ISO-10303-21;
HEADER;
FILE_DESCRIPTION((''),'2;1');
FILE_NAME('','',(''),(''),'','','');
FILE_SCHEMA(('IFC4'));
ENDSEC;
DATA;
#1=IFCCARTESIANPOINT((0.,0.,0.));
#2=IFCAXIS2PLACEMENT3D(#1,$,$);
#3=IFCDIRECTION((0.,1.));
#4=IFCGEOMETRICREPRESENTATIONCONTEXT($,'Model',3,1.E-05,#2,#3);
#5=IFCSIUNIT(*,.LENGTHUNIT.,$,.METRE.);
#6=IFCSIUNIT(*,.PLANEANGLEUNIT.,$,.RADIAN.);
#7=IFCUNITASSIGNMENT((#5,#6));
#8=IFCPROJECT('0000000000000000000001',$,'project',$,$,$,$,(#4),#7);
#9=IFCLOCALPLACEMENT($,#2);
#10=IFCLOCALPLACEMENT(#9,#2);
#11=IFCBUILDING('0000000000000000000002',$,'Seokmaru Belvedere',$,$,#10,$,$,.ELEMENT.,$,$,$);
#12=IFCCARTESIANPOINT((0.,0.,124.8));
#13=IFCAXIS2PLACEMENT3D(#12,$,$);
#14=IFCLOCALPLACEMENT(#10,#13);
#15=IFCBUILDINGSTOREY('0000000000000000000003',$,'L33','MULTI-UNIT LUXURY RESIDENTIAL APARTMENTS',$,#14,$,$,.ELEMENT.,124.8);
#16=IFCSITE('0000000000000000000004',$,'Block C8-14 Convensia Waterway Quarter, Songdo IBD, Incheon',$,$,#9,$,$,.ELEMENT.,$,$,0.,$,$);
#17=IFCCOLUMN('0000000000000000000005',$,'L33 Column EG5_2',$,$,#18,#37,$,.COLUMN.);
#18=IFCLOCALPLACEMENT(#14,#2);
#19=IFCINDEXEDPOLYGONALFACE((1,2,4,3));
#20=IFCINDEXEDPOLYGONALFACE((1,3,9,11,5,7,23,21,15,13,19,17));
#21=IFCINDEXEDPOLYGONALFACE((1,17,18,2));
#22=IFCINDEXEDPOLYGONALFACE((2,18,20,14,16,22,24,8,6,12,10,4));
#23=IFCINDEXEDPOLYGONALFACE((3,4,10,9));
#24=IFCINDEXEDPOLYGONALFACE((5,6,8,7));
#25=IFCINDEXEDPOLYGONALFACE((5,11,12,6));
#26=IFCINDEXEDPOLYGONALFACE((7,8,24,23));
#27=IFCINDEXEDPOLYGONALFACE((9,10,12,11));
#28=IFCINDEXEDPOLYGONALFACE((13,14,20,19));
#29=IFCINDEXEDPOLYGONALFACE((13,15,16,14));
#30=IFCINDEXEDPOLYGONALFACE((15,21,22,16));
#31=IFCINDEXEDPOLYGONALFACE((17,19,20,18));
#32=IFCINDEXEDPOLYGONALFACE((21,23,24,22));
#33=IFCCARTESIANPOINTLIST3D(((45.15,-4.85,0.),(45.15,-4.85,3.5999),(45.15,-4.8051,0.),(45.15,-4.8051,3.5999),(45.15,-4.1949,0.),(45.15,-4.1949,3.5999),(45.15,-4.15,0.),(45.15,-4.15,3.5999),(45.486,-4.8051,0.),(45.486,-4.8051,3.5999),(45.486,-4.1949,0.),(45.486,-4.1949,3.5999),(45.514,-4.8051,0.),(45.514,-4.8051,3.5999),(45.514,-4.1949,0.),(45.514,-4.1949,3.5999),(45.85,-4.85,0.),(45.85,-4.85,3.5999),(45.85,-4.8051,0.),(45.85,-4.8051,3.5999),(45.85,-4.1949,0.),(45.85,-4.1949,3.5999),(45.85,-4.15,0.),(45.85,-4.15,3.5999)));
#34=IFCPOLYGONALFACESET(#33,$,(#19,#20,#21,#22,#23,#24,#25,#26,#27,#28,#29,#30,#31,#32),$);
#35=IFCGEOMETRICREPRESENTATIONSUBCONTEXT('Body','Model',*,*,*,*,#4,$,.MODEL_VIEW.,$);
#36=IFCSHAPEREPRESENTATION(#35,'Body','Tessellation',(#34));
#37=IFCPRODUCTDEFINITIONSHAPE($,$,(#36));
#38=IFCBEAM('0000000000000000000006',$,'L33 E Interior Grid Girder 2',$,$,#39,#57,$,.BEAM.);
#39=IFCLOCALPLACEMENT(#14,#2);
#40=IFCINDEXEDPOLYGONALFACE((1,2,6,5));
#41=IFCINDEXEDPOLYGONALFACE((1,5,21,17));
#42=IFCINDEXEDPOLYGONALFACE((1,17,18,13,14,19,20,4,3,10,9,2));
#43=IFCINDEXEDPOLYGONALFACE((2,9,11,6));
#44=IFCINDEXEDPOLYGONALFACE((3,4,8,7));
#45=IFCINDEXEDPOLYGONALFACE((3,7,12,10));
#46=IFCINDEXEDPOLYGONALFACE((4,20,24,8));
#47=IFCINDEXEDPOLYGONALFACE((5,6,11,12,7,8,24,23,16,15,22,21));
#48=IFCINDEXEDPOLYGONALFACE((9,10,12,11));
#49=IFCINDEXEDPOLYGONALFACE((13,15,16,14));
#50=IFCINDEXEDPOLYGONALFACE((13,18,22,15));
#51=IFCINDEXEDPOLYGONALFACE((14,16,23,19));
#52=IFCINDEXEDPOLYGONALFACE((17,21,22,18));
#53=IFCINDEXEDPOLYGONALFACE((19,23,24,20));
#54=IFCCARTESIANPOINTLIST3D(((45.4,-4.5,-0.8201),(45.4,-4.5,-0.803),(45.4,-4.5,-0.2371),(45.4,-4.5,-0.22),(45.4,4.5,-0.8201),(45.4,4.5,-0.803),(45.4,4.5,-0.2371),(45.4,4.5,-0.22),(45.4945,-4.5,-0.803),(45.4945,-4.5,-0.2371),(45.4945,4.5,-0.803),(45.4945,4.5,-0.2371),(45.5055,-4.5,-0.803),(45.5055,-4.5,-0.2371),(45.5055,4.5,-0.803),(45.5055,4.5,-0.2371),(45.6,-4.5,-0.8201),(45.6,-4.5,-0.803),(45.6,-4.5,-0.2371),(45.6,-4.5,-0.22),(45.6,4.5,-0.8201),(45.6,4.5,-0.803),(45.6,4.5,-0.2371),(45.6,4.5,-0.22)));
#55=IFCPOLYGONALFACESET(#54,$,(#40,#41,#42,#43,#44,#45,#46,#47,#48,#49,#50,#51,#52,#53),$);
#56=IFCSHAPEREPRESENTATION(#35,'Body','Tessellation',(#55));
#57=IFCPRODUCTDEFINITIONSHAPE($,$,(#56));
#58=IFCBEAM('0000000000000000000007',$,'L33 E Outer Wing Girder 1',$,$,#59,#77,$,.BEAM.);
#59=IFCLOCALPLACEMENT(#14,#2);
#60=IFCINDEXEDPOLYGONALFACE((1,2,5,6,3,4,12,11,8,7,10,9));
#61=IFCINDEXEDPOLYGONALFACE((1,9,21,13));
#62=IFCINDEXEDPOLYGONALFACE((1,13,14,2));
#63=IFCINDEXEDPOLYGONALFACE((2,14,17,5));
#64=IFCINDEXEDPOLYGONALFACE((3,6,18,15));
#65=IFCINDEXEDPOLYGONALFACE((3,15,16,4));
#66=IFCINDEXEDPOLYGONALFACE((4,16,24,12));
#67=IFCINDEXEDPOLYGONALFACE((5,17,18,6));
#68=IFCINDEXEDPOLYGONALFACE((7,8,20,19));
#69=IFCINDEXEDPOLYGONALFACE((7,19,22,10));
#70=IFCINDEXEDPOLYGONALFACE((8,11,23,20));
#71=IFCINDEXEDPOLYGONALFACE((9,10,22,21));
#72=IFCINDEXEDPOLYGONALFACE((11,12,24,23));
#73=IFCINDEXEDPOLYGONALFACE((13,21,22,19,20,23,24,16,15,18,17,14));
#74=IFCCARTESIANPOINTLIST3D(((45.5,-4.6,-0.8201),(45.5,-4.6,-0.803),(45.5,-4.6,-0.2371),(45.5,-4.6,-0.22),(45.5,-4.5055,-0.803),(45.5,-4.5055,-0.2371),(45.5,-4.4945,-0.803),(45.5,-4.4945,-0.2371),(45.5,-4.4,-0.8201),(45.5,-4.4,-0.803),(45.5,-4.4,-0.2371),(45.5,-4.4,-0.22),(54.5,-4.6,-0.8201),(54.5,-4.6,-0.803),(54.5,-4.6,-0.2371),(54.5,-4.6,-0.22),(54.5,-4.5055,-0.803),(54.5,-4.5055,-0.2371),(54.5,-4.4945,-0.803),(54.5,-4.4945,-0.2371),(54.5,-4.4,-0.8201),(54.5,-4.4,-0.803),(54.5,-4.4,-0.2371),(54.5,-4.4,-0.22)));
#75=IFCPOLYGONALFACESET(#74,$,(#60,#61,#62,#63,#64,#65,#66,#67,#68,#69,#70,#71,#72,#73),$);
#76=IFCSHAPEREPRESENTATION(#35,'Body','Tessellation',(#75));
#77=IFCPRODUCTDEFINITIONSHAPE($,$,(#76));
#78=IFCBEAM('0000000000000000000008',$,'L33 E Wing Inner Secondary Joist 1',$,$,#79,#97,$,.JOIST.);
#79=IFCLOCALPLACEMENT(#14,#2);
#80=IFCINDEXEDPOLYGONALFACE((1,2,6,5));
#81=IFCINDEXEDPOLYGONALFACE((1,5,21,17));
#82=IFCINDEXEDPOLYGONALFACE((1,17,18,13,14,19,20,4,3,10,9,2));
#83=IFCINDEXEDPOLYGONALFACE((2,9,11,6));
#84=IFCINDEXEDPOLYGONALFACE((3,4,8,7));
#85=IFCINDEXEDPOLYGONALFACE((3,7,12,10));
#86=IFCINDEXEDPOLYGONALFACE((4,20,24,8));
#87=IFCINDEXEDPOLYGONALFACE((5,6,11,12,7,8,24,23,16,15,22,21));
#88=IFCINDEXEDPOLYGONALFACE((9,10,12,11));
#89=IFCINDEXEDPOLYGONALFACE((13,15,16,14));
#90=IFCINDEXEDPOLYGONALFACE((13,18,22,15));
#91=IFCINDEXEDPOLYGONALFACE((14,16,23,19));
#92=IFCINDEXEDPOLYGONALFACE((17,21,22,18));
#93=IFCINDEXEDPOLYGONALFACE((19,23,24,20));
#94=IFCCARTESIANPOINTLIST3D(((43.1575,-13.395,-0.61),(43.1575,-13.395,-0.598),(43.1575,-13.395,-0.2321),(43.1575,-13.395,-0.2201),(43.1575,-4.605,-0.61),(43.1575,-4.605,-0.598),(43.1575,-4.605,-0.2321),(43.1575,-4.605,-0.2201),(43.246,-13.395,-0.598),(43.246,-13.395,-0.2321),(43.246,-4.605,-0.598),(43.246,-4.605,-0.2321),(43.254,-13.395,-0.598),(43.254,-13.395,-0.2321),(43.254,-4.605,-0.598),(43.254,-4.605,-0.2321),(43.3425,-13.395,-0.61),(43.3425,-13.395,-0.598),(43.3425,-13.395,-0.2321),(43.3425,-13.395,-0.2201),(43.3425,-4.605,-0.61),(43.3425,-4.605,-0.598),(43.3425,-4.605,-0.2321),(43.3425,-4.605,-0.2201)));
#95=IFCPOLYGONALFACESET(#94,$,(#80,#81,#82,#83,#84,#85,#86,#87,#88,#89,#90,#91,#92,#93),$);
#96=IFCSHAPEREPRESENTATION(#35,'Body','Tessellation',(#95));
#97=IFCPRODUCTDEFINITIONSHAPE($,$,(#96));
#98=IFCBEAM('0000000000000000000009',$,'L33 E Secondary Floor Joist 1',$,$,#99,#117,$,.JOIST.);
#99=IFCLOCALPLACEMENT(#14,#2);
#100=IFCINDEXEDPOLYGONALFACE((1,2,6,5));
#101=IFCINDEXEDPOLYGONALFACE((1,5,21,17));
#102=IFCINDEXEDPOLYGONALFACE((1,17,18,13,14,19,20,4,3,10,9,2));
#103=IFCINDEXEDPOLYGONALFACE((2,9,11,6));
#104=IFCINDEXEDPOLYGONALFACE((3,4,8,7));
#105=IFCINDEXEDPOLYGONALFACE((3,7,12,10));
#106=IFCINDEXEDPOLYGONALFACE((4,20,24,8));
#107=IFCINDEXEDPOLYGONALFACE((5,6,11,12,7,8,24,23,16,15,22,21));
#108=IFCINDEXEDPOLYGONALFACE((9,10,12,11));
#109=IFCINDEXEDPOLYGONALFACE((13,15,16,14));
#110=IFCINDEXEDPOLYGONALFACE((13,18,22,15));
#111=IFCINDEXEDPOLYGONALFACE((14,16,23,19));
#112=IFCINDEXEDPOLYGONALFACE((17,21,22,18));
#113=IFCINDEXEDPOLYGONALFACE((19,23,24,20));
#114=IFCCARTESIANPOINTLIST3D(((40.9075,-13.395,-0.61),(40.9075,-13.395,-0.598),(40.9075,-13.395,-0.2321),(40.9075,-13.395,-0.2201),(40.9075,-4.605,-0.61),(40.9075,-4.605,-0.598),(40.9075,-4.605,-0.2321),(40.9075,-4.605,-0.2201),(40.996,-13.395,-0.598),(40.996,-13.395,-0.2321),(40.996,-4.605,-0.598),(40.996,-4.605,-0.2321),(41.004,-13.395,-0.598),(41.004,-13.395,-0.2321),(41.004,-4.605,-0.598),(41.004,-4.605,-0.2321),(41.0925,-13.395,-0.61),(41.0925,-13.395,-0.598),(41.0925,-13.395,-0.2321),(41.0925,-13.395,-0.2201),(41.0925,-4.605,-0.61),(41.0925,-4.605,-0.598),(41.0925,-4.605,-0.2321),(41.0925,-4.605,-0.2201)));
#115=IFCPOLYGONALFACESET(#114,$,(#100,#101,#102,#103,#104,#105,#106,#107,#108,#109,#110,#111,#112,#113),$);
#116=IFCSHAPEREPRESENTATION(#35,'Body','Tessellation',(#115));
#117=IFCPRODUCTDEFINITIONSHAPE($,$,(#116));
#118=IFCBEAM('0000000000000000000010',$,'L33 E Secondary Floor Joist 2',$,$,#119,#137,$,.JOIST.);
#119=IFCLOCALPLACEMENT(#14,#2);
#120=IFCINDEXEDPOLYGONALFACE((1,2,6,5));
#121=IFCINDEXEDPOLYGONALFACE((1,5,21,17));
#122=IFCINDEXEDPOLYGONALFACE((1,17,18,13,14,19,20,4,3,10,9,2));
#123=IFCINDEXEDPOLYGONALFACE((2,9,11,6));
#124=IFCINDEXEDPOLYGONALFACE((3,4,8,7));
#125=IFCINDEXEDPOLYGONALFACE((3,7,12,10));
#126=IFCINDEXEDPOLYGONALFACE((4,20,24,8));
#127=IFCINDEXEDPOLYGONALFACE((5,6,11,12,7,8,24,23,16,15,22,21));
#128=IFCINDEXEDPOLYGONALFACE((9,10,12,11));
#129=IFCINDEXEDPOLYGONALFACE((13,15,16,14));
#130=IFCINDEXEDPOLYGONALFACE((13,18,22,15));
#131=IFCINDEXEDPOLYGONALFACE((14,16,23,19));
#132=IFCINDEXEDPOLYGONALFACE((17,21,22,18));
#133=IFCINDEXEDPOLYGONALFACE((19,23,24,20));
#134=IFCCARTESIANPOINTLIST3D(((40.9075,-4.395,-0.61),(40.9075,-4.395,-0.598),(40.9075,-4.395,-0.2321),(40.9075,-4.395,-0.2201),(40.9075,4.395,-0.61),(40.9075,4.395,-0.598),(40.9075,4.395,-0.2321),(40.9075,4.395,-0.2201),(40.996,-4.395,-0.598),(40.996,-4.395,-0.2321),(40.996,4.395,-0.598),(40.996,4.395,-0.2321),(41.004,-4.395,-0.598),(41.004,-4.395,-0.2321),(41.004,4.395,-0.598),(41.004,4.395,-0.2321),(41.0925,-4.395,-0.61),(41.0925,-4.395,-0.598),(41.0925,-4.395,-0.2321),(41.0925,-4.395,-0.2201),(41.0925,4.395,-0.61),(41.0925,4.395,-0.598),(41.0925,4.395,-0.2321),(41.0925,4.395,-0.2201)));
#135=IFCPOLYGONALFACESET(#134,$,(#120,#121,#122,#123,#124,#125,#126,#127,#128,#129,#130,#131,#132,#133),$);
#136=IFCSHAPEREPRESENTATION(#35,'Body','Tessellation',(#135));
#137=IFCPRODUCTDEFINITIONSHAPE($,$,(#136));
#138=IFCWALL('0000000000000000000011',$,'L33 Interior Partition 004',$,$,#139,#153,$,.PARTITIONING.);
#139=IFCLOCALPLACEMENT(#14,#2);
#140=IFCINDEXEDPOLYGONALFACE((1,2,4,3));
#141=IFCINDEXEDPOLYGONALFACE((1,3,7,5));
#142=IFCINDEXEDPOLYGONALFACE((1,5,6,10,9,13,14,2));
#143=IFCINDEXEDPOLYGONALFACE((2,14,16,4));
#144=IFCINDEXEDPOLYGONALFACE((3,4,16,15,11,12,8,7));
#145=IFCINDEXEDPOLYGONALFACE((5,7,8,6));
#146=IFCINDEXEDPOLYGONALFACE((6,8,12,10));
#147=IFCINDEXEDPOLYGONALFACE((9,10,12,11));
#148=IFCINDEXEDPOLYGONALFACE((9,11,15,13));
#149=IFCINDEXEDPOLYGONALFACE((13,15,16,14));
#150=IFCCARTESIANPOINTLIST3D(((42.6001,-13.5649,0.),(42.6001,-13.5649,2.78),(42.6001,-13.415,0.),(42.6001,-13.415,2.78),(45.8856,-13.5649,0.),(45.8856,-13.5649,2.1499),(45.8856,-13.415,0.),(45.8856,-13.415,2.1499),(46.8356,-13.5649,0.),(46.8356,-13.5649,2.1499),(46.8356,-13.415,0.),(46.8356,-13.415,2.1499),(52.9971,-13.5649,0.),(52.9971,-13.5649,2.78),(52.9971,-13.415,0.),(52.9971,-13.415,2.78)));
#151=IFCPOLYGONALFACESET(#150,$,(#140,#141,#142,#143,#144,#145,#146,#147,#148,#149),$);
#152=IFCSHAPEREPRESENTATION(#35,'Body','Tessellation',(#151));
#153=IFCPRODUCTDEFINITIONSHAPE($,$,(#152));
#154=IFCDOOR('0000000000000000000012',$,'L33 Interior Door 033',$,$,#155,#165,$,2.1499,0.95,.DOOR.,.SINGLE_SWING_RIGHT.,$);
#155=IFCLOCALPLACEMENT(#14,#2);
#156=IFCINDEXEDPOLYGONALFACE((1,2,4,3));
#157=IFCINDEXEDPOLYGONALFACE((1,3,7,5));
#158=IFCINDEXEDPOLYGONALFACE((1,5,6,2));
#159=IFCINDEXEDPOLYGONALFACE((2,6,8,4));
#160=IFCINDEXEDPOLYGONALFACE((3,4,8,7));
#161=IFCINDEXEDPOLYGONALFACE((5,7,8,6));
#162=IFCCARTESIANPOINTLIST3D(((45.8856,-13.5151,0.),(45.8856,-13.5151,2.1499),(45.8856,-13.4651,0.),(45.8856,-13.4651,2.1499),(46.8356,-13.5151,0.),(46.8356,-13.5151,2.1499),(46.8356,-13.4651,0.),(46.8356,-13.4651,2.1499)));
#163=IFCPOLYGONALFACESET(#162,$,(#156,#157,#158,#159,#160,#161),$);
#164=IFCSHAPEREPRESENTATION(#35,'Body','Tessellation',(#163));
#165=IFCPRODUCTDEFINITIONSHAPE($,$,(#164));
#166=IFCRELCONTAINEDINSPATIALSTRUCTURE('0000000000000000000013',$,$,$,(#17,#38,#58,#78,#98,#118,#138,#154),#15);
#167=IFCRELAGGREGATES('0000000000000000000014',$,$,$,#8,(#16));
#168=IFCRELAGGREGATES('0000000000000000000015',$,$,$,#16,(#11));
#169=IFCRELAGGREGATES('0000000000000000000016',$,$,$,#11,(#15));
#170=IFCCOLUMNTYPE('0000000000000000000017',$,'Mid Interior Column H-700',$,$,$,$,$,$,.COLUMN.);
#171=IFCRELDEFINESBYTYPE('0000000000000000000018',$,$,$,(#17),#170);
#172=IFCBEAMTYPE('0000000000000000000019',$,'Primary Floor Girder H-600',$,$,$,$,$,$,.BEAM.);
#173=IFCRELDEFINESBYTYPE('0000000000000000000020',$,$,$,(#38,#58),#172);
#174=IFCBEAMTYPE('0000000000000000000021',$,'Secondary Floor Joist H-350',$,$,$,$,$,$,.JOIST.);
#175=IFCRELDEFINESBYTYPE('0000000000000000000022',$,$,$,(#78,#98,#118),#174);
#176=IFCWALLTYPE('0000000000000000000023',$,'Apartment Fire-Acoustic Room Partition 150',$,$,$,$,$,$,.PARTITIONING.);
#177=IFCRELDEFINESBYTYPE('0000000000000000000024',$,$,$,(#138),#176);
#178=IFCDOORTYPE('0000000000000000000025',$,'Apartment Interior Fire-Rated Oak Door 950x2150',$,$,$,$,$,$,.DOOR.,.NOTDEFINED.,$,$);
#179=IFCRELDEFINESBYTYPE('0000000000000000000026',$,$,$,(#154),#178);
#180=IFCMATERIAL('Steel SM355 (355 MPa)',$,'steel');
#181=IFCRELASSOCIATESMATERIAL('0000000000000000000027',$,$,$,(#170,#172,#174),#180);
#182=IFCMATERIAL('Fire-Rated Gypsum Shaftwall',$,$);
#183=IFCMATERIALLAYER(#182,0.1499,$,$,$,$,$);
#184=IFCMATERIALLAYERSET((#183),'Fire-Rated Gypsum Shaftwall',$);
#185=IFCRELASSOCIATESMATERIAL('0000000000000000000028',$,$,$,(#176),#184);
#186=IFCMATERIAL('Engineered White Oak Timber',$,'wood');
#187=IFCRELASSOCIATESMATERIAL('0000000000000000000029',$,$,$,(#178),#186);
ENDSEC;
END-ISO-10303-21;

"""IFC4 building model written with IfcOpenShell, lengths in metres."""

from ifc_helpers import new_model, si_unit, direction, frame, frame_2d, origin, origin_2d, place, context, subcontext, project, spatial, rectangle, i_section, extrude, source, transform, mapped, material, layer, layer_set, material_profile, profile_set, type_object, type_shapes, element, fill, save


model = new_model("IFC4")

# Units and contexts
model_context = context("Model", 3, precision=1e-05, world=origin(), true_north=direction((0.0, 1.0)))
body_context = subcontext(model_context, "Body", "Model", "MODEL_VIEW")
ifc_project = project(units=[si_unit("LENGTHUNIT", "METRE"), si_unit("PLANEANGLEUNIT", "RADIAN")], contexts=[model_context])

# Site, building, storey
site_placement = place(None, origin())
site = spatial("IfcSite", under=ifc_project, at=site_placement, Name="Block C8-14 Convensia Waterway Quarter, Songdo IBD, Incheon", CompositionType="ELEMENT", RefElevation=0.0)
building_placement = place(site_placement, origin())
building = spatial("IfcBuilding", under=site, at=building_placement, Name="Seokmaru Belvedere", CompositionType="ELEMENT")
storey_placement = place(building_placement, frame((0.0, 0.0, 124.8)))
storey = spatial("IfcBuildingStorey", under=building, at=storey_placement, Name="L33", Description="MULTI-UNIT LUXURY RESIDENTIAL APARTMENTS", CompositionType="ELEMENT", Elevation=124.8)

# Column
ifc_material_1 = material(Name="Steel SM355 (355 MPa)", Category="steel")
ifc_material_profile_1 = material_profile(ifc_material_1, i_section(OverallWidth=0.7, OverallDepth=0.7, WebThickness=0.0281, FlangeThickness=0.0449, at=origin_2d()), Name="H-700x700x28x45")
ifc_profile_set_1 = profile_set([ifc_material_profile_1], Name="Steel SM355 (355 MPa)")
column_type = type_object("IfcColumnType", Name="Mid Interior Column H-700", PredefinedType="COLUMN", material=ifc_profile_set_1)
shared_shape_1 = source(origin(), body_context, "Body", "SweptSolid", [
    extrude(i_section(OverallWidth=0.7, OverallDepth=0.7, WebThickness=0.0281, FlangeThickness=0.0449, at=origin_2d()), origin(), (0.0, 0.0, 1.0), 3.5999),
])
type_shapes(column_type, [shared_shape_1])
column_placement = place(storey_placement, frame((45.5, -4.5, 0.0), z_axis=(0.0, 0.0, 1.0), x_axis=(1.0, 0.0, 0.0)))
element("IfcColumn", 1, at=column_placement, inside=storey, type_object=column_type, Name="L33 Column EG5_2", PredefinedType="COLUMN", context=body_context, shape_type="MappedRepresentation", body=[
    mapped(shared_shape_1, transform((0.0, 0.0, 0.0), scale=1.0)),
])

# Beams
ifc_material_profile_2 = material_profile(ifc_material_1, i_section(OverallWidth=0.2, OverallDepth=0.6001, WebThickness=0.011, FlangeThickness=0.0171, at=origin_2d()), Name="H-600x200x11x17")
ifc_profile_set_2 = profile_set([ifc_material_profile_2], Name="Steel SM355 (355 MPa)")
beam_type_1 = type_object("IfcBeamType", Name="Primary Floor Girder H-600", PredefinedType="BEAM", material=ifc_profile_set_2)
shared_shape_2 = source(origin(), body_context, "Body", "SweptSolid", [
    extrude(i_section(OverallWidth=0.2, OverallDepth=0.6001, WebThickness=0.011, FlangeThickness=0.0171, at=origin_2d()), origin(), (0.0, 0.0, 1.0), 9.0),
])
type_shapes(beam_type_1, [shared_shape_2])
for number, where, z_axis, x_axis, name in (
    (2, (45.5, -4.5, -0.52), (0.0, 1.0, 0.0), (-1.0, 0.0, 0.0), "L33 E Interior Grid Girder 2"),
    (3, (45.5, -4.5, -0.52), (1.0, 0.0, 0.0), (0.0, 1.0, 0.0), "L33 E Outer Wing Girder 1"),
):
    element("IfcBeam", number, at=place(storey_placement, frame(where, z_axis=z_axis, x_axis=x_axis)), inside=storey, type_object=beam_type_1, Name=name, PredefinedType="BEAM", context=body_context, shape_type="MappedRepresentation", body=[
        mapped(shared_shape_2, transform((0.0, 0.0, 0.0), scale=1.0)),
    ])
ifc_material_profile_3 = material_profile(ifc_material_1, i_section(OverallWidth=0.1851, OverallDepth=0.3899, WebThickness=0.0081, FlangeThickness=0.012, at=origin_2d()), Name="H-390x185x8x12")
ifc_profile_set_3 = profile_set([ifc_material_profile_3], Name="Steel SM355 (355 MPa)")
beam_type_2 = type_object("IfcBeamType", Name="Secondary Floor Joist H-350", PredefinedType="JOIST", material=ifc_profile_set_3)
shared_shape_3 = source(origin(), body_context, "Body", "SweptSolid", [
    extrude(i_section(OverallWidth=0.1851, OverallDepth=0.3899, WebThickness=0.0081, FlangeThickness=0.012, at=origin_2d()), origin(), (0.0, 0.0, 1.0), 8.79),
])
type_shapes(beam_type_2, [shared_shape_3])
for number, where, z_axis, x_axis, name in (
    (4, (43.25, -13.395, -0.415), (0.0, 1.0, 0.0), (-1.0, 0.0, 0.0), "L33 E Wing Inner Secondary Joist 1"),
    (5, (41.0, -13.395, -0.415), (0.0, 1.0, 0.0), (-1.0, 0.0, 0.0), "L33 E Secondary Floor Joist 1"),
    (6, (41.0, -4.395, -0.415), (0.0, 1.0, 0.0), (-1.0, 0.0, 0.0), "L33 E Secondary Floor Joist 2"),
):
    element("IfcBeam", number, at=place(storey_placement, frame(where, z_axis=z_axis, x_axis=x_axis)), inside=storey, type_object=beam_type_2, Name=name, PredefinedType="JOIST", context=body_context, shape_type="MappedRepresentation", body=[
        mapped(shared_shape_3, transform((0.0, 0.0, 0.0), scale=1.0)),
    ])

# Wall, opening, door
ifc_material_2 = material(Name="Fire-Rated Gypsum Shaftwall")
ifc_layer_1 = layer(ifc_material_2, 0.1499)
ifc_layer_set_1 = layer_set([ifc_layer_1], Name="Fire-Rated Gypsum Shaftwall")
wall_type_1 = type_object("IfcWallType", Name="Apartment Fire-Acoustic Room Partition 150", PredefinedType="PARTITIONING", material=ifc_layer_set_1)
wall_1_placement = place(storey_placement, frame((42.6001, -13.49, 0.0), z_axis=(0.0, 0.0, 1.0), x_axis=(1.0, 0.0, 0.0)))
wall_1 = element("IfcWall", 7, at=wall_1_placement, inside=storey, type_object=wall_type_1, Name="L33 Interior Partition 004", PredefinedType="PARTITIONING", context=body_context, shape_type="SweptSolid", body=[
    extrude(rectangle(XDim=10.397, YDim=0.1499, at=frame_2d((5.1985, 0.0))), origin(), (0.0, 0.0, 1.0), 2.78),
])
opening_1_placement = place(wall_1_placement, frame((3.2854, 0.0, 0.0)))
opening_1 = element("IfcOpeningElement", 8, at=opening_1_placement, cuts=wall_1, PredefinedType="OPENING", context=body_context, shape_type="SweptSolid", body=[
    extrude(rectangle(XDim=0.95, YDim=2.1499, at=frame_2d((0.4751, 1.075))), frame((0.0, 0.085, 0.0), z_axis=(0.0, -1.0, 0.0), x_axis=(1.0, 0.0, 0.0)), (0.0, 0.0, 1.0), 0.1699),
])
ifc_material_3 = material(Name="Engineered White Oak Timber", Category="wood")
door_type_1 = type_object("IfcDoorType", Name="Apartment Interior Fire-Rated Oak Door 950x2150", OperationType="NOTDEFINED", PredefinedType="DOOR", material=ifc_material_3)
shared_shape_4 = source(origin(), body_context, "Body", "SweptSolid", [
    extrude(rectangle(XDim=0.95, YDim=2.1499, at=frame_2d((0.4751, 1.075))), frame((0.0, 0.0249, 0.0), z_axis=(0.0, -1.0, 0.0), x_axis=(1.0, 0.0, 0.0)), (0.0, 0.0, 1.0), 0.05),
])
type_shapes(door_type_1, [shared_shape_4])
door_1_placement = place(opening_1_placement, origin())
door_1 = element("IfcDoor", 9, at=door_1_placement, inside=storey, type_object=door_type_1, Name="L33 Interior Door 033", OperationType="SINGLE_SWING_RIGHT", OverallHeight=2.1499, OverallWidth=0.95, PredefinedType="DOOR", context=body_context, shape_type="MappedRepresentation", body=[
    mapped(shared_shape_4, transform((0.0, 0.0, 0.0), scale=1.0)),
])
fill(opening_1, door_1)

save(model, "model.ifc")
